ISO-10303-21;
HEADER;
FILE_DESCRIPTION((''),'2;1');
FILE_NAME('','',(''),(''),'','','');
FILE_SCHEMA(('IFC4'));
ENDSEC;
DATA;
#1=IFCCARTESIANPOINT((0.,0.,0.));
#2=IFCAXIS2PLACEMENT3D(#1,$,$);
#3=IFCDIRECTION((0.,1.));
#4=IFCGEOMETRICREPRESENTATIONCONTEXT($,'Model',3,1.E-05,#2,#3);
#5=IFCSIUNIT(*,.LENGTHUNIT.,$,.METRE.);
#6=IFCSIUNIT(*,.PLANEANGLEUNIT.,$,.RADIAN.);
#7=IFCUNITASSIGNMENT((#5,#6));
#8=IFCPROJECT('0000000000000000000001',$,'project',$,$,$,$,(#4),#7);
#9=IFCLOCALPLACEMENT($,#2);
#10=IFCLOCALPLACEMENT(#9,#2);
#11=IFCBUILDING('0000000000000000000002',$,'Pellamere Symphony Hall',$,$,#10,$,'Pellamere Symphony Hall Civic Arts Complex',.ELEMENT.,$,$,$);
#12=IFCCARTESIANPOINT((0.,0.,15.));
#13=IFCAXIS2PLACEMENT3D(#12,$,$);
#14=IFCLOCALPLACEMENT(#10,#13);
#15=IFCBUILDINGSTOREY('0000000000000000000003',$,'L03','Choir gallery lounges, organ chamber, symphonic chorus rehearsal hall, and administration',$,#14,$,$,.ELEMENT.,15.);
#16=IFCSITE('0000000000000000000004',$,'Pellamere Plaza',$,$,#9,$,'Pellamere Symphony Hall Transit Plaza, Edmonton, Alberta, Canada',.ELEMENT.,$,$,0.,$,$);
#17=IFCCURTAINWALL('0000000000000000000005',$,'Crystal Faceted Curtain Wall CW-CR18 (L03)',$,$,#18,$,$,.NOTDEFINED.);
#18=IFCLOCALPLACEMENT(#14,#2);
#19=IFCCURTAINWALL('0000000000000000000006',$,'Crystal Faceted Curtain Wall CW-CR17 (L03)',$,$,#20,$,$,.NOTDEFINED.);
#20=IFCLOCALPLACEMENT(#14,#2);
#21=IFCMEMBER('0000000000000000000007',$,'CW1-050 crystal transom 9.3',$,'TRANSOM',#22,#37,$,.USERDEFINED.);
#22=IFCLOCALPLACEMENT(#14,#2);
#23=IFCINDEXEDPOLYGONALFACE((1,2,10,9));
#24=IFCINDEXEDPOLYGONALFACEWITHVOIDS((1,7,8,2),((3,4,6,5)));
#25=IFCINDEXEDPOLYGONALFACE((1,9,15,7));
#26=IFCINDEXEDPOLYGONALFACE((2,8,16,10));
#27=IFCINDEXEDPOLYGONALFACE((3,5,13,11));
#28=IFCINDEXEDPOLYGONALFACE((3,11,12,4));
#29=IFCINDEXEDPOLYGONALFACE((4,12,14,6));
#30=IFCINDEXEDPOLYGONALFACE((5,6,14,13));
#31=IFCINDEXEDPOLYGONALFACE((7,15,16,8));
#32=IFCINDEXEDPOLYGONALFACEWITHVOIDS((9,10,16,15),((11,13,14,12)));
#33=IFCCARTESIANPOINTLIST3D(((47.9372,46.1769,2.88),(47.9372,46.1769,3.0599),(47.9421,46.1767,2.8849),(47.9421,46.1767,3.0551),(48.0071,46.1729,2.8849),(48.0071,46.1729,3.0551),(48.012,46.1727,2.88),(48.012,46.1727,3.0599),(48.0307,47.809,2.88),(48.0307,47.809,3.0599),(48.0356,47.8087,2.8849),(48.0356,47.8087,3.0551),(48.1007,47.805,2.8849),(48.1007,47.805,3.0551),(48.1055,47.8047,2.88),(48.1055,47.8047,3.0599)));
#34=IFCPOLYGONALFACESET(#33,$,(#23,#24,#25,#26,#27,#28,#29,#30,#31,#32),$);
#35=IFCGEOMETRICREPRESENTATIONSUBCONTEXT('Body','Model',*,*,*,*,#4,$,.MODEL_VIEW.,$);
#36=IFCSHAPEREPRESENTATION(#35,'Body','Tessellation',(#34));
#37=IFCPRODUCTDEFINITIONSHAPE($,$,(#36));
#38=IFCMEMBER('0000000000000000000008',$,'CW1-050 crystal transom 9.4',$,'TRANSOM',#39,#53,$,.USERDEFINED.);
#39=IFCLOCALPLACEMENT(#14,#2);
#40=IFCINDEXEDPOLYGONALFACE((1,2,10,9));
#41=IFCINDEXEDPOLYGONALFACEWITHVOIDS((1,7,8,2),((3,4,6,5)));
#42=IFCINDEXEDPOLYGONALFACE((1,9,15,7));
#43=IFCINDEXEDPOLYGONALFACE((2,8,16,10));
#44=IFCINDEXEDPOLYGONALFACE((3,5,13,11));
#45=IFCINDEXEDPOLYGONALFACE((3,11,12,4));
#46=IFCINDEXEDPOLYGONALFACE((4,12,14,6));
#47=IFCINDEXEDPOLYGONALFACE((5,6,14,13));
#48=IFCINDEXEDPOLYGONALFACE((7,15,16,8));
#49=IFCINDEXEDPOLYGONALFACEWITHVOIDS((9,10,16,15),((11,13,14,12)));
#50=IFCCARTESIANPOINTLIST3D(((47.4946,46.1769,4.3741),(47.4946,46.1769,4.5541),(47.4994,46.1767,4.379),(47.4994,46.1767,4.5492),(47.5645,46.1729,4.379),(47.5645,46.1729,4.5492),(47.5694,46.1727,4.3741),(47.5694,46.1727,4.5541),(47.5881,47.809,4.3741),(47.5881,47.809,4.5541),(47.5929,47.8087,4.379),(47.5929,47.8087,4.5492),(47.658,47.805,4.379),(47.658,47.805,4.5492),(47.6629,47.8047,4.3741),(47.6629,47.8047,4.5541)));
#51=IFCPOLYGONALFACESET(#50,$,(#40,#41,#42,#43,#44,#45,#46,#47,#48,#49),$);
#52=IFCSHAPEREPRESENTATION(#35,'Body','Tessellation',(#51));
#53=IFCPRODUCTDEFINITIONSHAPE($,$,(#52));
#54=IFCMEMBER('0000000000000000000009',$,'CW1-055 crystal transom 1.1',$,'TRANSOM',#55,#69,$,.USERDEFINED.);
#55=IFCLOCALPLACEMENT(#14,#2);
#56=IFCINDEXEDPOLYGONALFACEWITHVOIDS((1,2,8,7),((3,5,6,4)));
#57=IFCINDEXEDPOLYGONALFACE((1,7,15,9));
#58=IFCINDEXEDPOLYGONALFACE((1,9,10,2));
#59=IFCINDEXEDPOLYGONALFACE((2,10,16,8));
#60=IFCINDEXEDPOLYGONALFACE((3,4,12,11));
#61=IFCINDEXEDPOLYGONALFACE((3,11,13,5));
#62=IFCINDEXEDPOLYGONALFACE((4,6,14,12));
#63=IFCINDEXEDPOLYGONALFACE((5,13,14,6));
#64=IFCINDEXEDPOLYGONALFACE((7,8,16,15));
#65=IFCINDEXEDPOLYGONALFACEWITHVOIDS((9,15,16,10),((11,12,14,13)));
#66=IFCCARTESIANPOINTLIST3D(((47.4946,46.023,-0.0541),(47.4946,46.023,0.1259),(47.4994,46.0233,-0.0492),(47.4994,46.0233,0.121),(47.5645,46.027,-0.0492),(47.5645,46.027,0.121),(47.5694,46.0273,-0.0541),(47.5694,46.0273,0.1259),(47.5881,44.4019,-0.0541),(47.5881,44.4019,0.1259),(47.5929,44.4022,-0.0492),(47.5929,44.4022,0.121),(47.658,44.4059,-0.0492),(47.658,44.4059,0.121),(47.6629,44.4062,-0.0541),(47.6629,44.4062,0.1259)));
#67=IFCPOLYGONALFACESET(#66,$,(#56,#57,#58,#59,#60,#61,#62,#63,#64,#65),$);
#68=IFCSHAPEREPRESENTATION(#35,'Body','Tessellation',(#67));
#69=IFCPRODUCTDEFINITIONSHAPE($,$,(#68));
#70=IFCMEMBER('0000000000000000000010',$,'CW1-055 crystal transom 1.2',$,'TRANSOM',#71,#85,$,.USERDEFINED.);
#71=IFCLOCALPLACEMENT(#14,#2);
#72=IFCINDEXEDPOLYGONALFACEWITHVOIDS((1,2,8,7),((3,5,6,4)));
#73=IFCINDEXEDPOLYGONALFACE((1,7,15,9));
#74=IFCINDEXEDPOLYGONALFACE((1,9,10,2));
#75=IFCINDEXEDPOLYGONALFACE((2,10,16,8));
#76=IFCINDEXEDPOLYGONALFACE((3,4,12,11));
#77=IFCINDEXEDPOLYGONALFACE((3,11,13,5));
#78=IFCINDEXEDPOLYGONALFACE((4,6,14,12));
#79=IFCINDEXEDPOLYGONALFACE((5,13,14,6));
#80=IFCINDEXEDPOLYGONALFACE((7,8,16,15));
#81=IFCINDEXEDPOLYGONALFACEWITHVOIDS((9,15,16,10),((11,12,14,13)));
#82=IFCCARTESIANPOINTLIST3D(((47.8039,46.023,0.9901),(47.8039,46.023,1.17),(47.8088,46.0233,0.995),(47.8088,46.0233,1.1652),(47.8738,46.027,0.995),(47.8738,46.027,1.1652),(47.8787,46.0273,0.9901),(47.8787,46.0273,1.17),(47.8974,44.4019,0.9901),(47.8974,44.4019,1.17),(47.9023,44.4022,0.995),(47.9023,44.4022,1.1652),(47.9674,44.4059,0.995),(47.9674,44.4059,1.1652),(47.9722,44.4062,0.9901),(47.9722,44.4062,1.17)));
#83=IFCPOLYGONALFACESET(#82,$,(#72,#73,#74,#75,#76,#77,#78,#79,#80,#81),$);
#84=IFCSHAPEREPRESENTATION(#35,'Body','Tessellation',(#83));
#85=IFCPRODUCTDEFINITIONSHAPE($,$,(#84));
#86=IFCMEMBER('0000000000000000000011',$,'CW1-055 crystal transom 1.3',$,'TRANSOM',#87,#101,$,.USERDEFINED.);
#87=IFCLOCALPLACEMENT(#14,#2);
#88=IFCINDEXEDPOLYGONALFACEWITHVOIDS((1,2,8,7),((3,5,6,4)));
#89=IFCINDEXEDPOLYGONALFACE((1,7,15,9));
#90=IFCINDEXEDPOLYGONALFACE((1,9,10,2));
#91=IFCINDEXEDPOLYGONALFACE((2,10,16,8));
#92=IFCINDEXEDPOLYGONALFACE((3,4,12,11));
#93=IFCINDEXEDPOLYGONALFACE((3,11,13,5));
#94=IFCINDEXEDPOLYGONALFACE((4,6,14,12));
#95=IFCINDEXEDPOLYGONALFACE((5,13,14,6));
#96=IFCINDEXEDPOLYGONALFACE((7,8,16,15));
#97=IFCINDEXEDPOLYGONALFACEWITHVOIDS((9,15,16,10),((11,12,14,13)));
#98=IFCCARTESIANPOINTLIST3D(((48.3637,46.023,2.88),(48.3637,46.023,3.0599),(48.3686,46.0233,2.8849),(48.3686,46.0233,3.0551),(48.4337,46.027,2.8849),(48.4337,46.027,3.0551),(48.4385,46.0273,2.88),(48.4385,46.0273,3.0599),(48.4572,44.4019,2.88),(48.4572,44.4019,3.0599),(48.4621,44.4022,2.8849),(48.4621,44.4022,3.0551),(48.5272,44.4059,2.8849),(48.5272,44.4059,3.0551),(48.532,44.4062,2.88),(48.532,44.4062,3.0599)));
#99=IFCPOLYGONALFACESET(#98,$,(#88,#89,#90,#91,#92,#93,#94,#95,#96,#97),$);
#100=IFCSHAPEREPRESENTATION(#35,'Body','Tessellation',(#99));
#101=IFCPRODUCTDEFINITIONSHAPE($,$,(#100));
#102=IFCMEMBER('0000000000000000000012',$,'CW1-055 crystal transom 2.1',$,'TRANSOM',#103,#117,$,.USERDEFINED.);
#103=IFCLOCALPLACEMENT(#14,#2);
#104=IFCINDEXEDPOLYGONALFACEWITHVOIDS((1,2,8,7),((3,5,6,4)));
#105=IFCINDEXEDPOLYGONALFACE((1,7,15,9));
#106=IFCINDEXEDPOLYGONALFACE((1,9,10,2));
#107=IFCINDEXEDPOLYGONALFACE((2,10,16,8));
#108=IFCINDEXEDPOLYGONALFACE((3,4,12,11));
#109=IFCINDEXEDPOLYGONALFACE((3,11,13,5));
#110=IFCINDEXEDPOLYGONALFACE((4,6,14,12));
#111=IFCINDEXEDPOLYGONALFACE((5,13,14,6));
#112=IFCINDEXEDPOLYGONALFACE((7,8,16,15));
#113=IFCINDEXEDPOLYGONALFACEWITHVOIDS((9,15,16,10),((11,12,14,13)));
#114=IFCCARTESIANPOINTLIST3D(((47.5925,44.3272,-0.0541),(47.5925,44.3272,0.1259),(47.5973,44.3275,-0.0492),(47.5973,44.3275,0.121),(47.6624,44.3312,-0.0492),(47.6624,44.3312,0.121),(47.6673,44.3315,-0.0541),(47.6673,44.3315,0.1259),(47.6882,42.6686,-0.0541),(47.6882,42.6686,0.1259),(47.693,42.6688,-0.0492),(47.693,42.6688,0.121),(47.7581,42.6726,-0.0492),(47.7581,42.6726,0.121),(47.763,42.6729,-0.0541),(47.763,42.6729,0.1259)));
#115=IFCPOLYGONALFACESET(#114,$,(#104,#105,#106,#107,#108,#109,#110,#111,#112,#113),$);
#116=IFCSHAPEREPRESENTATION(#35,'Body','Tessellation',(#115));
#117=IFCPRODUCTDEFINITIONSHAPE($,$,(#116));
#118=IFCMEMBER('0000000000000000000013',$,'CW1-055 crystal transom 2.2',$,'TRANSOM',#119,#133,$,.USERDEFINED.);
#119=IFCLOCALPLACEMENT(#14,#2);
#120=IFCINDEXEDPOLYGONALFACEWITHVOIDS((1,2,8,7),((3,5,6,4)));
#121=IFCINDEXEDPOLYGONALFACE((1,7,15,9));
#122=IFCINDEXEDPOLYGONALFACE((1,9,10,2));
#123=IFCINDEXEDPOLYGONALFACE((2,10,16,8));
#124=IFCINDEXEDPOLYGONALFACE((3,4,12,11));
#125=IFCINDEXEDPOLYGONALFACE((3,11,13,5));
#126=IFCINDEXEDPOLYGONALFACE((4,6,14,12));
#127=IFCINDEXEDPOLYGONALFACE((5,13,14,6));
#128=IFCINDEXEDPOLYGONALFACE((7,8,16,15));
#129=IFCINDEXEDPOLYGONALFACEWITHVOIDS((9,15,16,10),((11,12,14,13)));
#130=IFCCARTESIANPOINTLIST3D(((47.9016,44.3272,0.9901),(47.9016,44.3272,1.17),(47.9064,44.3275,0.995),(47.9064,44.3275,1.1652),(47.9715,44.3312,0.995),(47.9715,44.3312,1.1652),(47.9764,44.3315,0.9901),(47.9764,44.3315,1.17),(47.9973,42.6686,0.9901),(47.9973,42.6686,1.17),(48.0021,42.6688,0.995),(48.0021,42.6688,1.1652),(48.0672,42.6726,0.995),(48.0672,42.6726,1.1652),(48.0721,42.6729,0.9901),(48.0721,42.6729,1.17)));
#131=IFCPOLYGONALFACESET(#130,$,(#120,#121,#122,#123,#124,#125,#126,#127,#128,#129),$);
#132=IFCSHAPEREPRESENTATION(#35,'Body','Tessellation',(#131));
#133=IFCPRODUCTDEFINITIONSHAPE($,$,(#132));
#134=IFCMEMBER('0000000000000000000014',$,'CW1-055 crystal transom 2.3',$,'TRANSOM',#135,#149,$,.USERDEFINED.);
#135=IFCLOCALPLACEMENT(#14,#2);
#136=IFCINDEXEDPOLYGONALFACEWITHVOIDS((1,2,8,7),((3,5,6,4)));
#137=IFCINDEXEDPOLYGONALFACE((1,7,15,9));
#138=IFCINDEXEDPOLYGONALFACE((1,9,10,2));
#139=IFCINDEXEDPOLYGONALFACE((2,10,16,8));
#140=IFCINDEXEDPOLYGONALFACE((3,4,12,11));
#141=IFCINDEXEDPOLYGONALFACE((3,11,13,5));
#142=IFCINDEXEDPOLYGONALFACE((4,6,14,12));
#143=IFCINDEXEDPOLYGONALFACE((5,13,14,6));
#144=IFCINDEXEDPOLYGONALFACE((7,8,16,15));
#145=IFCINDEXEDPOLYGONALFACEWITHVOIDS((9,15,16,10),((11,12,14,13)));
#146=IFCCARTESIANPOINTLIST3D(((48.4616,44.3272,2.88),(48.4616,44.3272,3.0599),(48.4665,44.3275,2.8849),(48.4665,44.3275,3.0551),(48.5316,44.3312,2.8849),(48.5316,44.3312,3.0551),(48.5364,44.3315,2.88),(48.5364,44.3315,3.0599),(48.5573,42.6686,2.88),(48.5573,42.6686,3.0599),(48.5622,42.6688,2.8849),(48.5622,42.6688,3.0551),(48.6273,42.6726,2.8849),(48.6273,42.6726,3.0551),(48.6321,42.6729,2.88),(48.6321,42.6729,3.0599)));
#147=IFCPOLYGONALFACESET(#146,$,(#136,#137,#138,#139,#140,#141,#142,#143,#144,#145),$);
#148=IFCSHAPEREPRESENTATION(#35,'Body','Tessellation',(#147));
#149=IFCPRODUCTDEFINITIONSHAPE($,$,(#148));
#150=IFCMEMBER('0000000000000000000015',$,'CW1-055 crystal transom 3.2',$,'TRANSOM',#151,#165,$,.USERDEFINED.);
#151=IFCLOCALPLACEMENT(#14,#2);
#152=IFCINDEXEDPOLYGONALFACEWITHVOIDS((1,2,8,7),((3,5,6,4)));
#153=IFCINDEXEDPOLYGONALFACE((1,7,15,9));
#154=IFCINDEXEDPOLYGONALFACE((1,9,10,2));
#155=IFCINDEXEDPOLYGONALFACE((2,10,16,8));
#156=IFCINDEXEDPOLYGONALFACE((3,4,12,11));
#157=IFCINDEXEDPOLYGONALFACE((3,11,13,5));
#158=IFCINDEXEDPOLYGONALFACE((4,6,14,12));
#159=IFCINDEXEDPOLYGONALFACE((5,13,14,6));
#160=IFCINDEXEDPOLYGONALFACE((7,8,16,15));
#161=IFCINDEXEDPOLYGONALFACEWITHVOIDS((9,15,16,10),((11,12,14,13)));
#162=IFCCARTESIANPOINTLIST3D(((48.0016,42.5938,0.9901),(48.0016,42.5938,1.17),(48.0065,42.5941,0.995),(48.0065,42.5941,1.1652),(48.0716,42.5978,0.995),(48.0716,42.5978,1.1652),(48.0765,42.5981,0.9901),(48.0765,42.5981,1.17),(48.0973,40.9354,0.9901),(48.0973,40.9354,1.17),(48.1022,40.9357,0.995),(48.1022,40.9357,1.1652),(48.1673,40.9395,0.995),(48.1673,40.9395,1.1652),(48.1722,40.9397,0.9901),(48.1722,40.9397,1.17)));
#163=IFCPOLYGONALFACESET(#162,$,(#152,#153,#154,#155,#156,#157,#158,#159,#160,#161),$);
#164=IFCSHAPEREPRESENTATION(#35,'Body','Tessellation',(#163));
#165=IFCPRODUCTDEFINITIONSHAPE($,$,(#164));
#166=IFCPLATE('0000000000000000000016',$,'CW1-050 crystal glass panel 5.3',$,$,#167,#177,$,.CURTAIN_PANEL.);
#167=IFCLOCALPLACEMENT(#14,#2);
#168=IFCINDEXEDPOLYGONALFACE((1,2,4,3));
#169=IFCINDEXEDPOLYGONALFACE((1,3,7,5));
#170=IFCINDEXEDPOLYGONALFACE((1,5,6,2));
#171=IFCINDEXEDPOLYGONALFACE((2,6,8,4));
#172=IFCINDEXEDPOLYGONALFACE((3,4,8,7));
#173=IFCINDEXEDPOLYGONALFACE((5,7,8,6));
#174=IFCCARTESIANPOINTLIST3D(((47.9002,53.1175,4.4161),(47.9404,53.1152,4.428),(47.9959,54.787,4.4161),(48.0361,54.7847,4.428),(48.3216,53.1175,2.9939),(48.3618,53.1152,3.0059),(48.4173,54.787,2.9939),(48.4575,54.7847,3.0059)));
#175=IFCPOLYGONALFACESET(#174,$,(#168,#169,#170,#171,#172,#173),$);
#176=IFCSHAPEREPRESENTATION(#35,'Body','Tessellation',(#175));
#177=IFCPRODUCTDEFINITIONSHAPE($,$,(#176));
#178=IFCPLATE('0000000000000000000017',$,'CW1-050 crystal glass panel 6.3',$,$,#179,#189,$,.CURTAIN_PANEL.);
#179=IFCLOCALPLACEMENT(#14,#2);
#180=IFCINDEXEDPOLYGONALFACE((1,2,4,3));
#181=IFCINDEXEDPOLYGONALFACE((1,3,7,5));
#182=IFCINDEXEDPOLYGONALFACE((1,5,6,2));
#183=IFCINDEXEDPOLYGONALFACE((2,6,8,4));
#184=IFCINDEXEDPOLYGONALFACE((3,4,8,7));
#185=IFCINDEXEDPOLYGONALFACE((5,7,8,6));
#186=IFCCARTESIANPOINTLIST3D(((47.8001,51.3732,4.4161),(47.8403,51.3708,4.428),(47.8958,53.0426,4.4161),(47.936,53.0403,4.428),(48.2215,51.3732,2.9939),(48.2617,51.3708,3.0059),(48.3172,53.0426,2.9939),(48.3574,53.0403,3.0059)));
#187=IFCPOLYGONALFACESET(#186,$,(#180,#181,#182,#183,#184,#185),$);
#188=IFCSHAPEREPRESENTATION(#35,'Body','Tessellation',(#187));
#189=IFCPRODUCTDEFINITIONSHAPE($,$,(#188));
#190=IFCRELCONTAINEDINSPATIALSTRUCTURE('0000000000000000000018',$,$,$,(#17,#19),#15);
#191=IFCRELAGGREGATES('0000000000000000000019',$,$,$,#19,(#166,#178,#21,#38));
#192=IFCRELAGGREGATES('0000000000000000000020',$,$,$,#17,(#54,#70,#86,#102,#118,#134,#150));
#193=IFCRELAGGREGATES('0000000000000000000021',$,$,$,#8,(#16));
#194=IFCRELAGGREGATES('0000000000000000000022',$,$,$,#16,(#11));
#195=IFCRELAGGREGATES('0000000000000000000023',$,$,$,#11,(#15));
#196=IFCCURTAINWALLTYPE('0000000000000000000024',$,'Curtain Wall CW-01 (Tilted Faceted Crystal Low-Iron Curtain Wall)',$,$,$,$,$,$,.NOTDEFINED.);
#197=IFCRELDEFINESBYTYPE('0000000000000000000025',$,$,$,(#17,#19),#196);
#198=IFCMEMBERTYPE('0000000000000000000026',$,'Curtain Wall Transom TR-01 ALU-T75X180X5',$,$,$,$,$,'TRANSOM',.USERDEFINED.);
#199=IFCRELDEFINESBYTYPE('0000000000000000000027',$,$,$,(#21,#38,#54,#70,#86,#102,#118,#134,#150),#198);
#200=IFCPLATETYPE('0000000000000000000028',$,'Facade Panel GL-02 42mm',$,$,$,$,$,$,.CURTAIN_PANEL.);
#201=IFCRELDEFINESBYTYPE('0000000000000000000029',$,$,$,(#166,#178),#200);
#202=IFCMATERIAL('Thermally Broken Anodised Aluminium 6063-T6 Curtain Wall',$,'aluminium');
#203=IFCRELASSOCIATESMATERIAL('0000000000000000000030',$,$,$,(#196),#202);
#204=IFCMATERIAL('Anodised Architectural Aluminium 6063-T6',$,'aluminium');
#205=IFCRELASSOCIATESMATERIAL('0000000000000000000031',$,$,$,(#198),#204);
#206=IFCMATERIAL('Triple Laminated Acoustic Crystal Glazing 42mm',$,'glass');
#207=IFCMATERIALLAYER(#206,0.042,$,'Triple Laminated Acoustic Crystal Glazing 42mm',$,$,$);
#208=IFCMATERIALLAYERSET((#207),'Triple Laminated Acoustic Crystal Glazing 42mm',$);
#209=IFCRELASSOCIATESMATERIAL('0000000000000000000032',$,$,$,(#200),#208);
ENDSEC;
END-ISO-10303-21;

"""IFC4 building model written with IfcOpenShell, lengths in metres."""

from ifc_helpers import new_model, si_unit, direction, frame, origin, origin_2d, place, context, subcontext, project, spatial, polyline, hollow_rectangle, outline, extrude, material, layer, layer_set, material_profile, profile_set, type_object, element, aggregate, save


model = new_model("IFC4")

# Units and contexts
model_context = context("Model", 3, precision=1e-05, world=origin(), true_north=direction((0.0, 1.0)))
body_context = subcontext(model_context, "Body", "Model", "MODEL_VIEW")
ifc_project = project(units=[si_unit("LENGTHUNIT", "METRE"), si_unit("PLANEANGLEUNIT", "RADIAN")], contexts=[model_context])

# Site, building, storey
site_placement = place(None, origin())
site = spatial("IfcSite", under=ifc_project, at=site_placement, Name="Pellamere Plaza", LongName="Pellamere Symphony Hall Transit Plaza, Edmonton, Alberta, Canada", CompositionType="ELEMENT", RefElevation=0.0)
building_placement = place(site_placement, origin())
building = spatial("IfcBuilding", under=site, at=building_placement, Name="Pellamere Symphony Hall", LongName="Pellamere Symphony Hall Civic Arts Complex", CompositionType="ELEMENT")
storey_placement = place(building_placement, frame((0.0, 0.0, 15.0)))
storey = spatial("IfcBuildingStorey", under=building, at=storey_placement, Name="L03", Description="Choir gallery lounges, organ chamber, symphonic chorus rehearsal hall, and administration", CompositionType="ELEMENT", Elevation=15.0)

# Curtain walls, members
ifc_material_1 = material(Name="Thermally Broken Anodised Aluminium 6063-T6 Curtain Wall", Category="aluminium")
curtain_wall_type = type_object("IfcCurtainWallType", Name="Curtain Wall CW-01 (Tilted Faceted Crystal Low-Iron Curtain Wall)", PredefinedType="NOTDEFINED", material=ifc_material_1)
curtain_wall_1_placement = place(storey_placement, origin())
curtain_wall_1 = element("IfcCurtainWall", 1, at=curtain_wall_1_placement, inside=storey, type_object=curtain_wall_type, Name="Crystal Faceted Curtain Wall CW-CR18 (L03)", PredefinedType="NOTDEFINED")
ifc_material_2 = material(Name="Anodised Architectural Aluminium 6063-T6", Category="aluminium")
curtain_wall_2_placement = place(storey_placement, origin())
curtain_wall_2 = element("IfcCurtainWall", 2, at=curtain_wall_2_placement, inside=storey, type_object=curtain_wall_type, Name="Crystal Faceted Curtain Wall CW-CR17 (L03)", PredefinedType="NOTDEFINED")
ifc_material_profile_1 = material_profile(ifc_material_2, hollow_rectangle(XDim=0.075, YDim=0.1799, WallThickness=0.0049, at=origin_2d()), Name="ALU-T75X180X5")
ifc_profile_set_1 = profile_set([ifc_material_profile_1], Name="Anodised Architectural Aluminium 6063-T6")
member_type_1 = type_object("IfcMemberType", Name="Curtain Wall Transom TR-01 ALU-T75X180X5", ElementType="TRANSOM", PredefinedType="USERDEFINED", material=ifc_profile_set_1)
member_1_placement = place(storey_placement, frame((48.0681, 47.8069, 2.97), z_axis=(-0.057199, -0.998363, 0.0), x_axis=(0.998363, -0.057199, 0.0)))
member_1 = element("IfcMember", 3, at=member_1_placement, type_object=member_type_1, Name="CW1-050 crystal transom 9.3", ObjectType="TRANSOM", PredefinedType="USERDEFINED", context=body_context, shape_type="SweptSolid", body=[
    extrude(hollow_rectangle(XDim=0.075, YDim=0.1799, WallThickness=0.0049, at=origin_2d()), origin(), (0.0, 0.0, 1.0), 1.6348),
])
member_2_placement = place(storey_placement, frame((47.6255, 47.8069, 4.4641), z_axis=(-0.057199, -0.998363, 0.0), x_axis=(0.998363, -0.057199, 0.0)))
member_2 = element("IfcMember", 4, at=member_2_placement, type_object=member_type_1, Name="CW1-050 crystal transom 9.4", ObjectType="TRANSOM", PredefinedType="USERDEFINED", context=body_context, shape_type="SweptSolid", body=[
    extrude(hollow_rectangle(XDim=0.075, YDim=0.1799, WallThickness=0.0049, at=origin_2d()), origin(), (0.0, 0.0, 1.0), 1.6348),
])

# Members
member_3_placement = place(storey_placement, frame((47.532, 46.0251, 0.0359), z_axis=(0.057585, -0.998341, 0.0), x_axis=(0.998341, 0.057585, 0.0)))
member_3 = element("IfcMember", 5, at=member_3_placement, type_object=member_type_1, Name="CW1-055 crystal transom 1.1", ObjectType="TRANSOM", PredefinedType="USERDEFINED", context=body_context, shape_type="SweptSolid", body=[
    extrude(hollow_rectangle(XDim=0.075, YDim=0.1799, WallThickness=0.0049, at=origin_2d()), origin(), (0.0, 0.0, 1.0), 1.6238),
])
member_4_placement = place(storey_placement, frame((47.8413, 46.0251, 1.0801), z_axis=(0.057585, -0.998341, 0.0), x_axis=(0.998341, 0.057585, 0.0)))
member_4 = element("IfcMember", 6, at=member_4_placement, type_object=member_type_1, Name="CW1-055 crystal transom 1.2", ObjectType="TRANSOM", PredefinedType="USERDEFINED", context=body_context, shape_type="SweptSolid", body=[
    extrude(hollow_rectangle(XDim=0.075, YDim=0.1799, WallThickness=0.0049, at=origin_2d()), origin(), (0.0, 0.0, 1.0), 1.6238),
])
member_5_placement = place(storey_placement, frame((48.4011, 46.0251, 2.97), z_axis=(0.057585, -0.998341, 0.0), x_axis=(0.998341, 0.057585, 0.0)))
member_5 = element("IfcMember", 7, at=member_5_placement, type_object=member_type_1, Name="CW1-055 crystal transom 1.3", ObjectType="TRANSOM", PredefinedType="USERDEFINED", context=body_context, shape_type="SweptSolid", body=[
    extrude(hollow_rectangle(XDim=0.075, YDim=0.1799, WallThickness=0.0049, at=origin_2d()), origin(), (0.0, 0.0, 1.0), 1.6238),
])
member_6_placement = place(storey_placement, frame((47.6299, 44.3293, 0.0359), z_axis=(0.057602, -0.99834, 0.0), x_axis=(0.99834, 0.057602, 0.0)))
member_6 = element("IfcMember", 8, at=member_6_placement, type_object=member_type_1, Name="CW1-055 crystal transom 2.1", ObjectType="TRANSOM", PredefinedType="USERDEFINED", context=body_context, shape_type="SweptSolid", body=[
    extrude(hollow_rectangle(XDim=0.075, YDim=0.1799, WallThickness=0.0049, at=origin_2d()), origin(), (0.0, 0.0, 1.0), 1.6614),
])
member_7_placement = place(storey_placement, frame((47.939, 44.3293, 1.0801), z_axis=(0.057602, -0.99834, 0.0), x_axis=(0.99834, 0.057602, 0.0)))
member_7 = element("IfcMember", 9, at=member_7_placement, type_object=member_type_1, Name="CW1-055 crystal transom 2.2", ObjectType="TRANSOM", PredefinedType="USERDEFINED", context=body_context, shape_type="SweptSolid", body=[
    extrude(hollow_rectangle(XDim=0.075, YDim=0.1799, WallThickness=0.0049, at=origin_2d()), origin(), (0.0, 0.0, 1.0), 1.6614),
])
member_8_placement = place(storey_placement, frame((48.499, 44.3293, 2.97), z_axis=(0.057602, -0.99834, 0.0), x_axis=(0.99834, 0.057602, 0.0)))
member_8 = element("IfcMember", 10, at=member_8_placement, type_object=member_type_1, Name="CW1-055 crystal transom 2.3", ObjectType="TRANSOM", PredefinedType="USERDEFINED", context=body_context, shape_type="SweptSolid", body=[
    extrude(hollow_rectangle(XDim=0.075, YDim=0.1799, WallThickness=0.0049, at=origin_2d()), origin(), (0.0, 0.0, 1.0), 1.6614),
])
member_9_placement = place(storey_placement, frame((48.0391, 42.5959, 1.0801), z_axis=(0.057611, -0.998339, 0.0), x_axis=(0.998339, 0.057611, 0.0)))
member_9 = element("IfcMember", 11, at=member_9_placement, type_object=member_type_1, Name="CW1-055 crystal transom 3.2", ObjectType="TRANSOM", PredefinedType="USERDEFINED", context=body_context, shape_type="SweptSolid", body=[
    extrude(hollow_rectangle(XDim=0.075, YDim=0.1799, WallThickness=0.0049, at=origin_2d()), origin(), (0.0, 0.0, 1.0), 1.6611),
])

# Plates
ifc_material_3 = material(Name="Triple Laminated Acoustic Crystal Glazing 42mm", Category="glass")
ifc_layer = layer(ifc_material_3, 0.042, Name="Triple Laminated Acoustic Crystal Glazing 42mm")
ifc_layer_set = layer_set([ifc_layer], Name="Triple Laminated Acoustic Crystal Glazing 42mm")
plate_type = type_object("IfcPlateType", Name="Facade Panel GL-02 42mm", PredefinedType="CURTAIN_PANEL", material=ifc_layer_set)
plate_1_placement = place(storey_placement, frame((48.4575, 54.7847, 3.0059), z_axis=(0.95735, -0.054882, 0.283671), x_axis=(-0.057233, -0.998361, 0.0)))
plate_1 = element("IfcPlate", 12, at=plate_1_placement, type_object=plate_type, Name="CW1-050 crystal glass panel 5.3", PredefinedType="CURTAIN_PANEL", context=body_context, shape_type="SweptSolid", body=[
    extrude(outline(polyline([(0.0, 0.0), (1.6722, 0.0), (1.6963, -1.483), (0.0241, -1.483), (0.0, 0.0)])), origin(), (0.0, 0.0, -1.0), 0.042),
])
plate_2_placement = place(storey_placement, frame((48.3574, 53.0403, 3.0059), z_axis=(0.95735, -0.054882, 0.283671), x_axis=(-0.057233, -0.998361, 0.0)))
plate_2 = element("IfcPlate", 13, at=plate_2_placement, type_object=plate_type, Name="CW1-050 crystal glass panel 6.3", PredefinedType="CURTAIN_PANEL", context=body_context, shape_type="SweptSolid", body=[
    extrude(outline(polyline([(0.0, 0.0), (1.6722, 0.0), (1.6963, -1.483), (0.0241, -1.483), (0.0, 0.0)])), origin(), (0.0, 0.0, -1.0), 0.042),
])
aggregate(curtain_wall_2, [plate_1, plate_2, member_1, member_2])
aggregate(curtain_wall_1, [member_3, member_4, member_5, member_6, member_7, member_8, member_9])

save(model, "model.ifc")
